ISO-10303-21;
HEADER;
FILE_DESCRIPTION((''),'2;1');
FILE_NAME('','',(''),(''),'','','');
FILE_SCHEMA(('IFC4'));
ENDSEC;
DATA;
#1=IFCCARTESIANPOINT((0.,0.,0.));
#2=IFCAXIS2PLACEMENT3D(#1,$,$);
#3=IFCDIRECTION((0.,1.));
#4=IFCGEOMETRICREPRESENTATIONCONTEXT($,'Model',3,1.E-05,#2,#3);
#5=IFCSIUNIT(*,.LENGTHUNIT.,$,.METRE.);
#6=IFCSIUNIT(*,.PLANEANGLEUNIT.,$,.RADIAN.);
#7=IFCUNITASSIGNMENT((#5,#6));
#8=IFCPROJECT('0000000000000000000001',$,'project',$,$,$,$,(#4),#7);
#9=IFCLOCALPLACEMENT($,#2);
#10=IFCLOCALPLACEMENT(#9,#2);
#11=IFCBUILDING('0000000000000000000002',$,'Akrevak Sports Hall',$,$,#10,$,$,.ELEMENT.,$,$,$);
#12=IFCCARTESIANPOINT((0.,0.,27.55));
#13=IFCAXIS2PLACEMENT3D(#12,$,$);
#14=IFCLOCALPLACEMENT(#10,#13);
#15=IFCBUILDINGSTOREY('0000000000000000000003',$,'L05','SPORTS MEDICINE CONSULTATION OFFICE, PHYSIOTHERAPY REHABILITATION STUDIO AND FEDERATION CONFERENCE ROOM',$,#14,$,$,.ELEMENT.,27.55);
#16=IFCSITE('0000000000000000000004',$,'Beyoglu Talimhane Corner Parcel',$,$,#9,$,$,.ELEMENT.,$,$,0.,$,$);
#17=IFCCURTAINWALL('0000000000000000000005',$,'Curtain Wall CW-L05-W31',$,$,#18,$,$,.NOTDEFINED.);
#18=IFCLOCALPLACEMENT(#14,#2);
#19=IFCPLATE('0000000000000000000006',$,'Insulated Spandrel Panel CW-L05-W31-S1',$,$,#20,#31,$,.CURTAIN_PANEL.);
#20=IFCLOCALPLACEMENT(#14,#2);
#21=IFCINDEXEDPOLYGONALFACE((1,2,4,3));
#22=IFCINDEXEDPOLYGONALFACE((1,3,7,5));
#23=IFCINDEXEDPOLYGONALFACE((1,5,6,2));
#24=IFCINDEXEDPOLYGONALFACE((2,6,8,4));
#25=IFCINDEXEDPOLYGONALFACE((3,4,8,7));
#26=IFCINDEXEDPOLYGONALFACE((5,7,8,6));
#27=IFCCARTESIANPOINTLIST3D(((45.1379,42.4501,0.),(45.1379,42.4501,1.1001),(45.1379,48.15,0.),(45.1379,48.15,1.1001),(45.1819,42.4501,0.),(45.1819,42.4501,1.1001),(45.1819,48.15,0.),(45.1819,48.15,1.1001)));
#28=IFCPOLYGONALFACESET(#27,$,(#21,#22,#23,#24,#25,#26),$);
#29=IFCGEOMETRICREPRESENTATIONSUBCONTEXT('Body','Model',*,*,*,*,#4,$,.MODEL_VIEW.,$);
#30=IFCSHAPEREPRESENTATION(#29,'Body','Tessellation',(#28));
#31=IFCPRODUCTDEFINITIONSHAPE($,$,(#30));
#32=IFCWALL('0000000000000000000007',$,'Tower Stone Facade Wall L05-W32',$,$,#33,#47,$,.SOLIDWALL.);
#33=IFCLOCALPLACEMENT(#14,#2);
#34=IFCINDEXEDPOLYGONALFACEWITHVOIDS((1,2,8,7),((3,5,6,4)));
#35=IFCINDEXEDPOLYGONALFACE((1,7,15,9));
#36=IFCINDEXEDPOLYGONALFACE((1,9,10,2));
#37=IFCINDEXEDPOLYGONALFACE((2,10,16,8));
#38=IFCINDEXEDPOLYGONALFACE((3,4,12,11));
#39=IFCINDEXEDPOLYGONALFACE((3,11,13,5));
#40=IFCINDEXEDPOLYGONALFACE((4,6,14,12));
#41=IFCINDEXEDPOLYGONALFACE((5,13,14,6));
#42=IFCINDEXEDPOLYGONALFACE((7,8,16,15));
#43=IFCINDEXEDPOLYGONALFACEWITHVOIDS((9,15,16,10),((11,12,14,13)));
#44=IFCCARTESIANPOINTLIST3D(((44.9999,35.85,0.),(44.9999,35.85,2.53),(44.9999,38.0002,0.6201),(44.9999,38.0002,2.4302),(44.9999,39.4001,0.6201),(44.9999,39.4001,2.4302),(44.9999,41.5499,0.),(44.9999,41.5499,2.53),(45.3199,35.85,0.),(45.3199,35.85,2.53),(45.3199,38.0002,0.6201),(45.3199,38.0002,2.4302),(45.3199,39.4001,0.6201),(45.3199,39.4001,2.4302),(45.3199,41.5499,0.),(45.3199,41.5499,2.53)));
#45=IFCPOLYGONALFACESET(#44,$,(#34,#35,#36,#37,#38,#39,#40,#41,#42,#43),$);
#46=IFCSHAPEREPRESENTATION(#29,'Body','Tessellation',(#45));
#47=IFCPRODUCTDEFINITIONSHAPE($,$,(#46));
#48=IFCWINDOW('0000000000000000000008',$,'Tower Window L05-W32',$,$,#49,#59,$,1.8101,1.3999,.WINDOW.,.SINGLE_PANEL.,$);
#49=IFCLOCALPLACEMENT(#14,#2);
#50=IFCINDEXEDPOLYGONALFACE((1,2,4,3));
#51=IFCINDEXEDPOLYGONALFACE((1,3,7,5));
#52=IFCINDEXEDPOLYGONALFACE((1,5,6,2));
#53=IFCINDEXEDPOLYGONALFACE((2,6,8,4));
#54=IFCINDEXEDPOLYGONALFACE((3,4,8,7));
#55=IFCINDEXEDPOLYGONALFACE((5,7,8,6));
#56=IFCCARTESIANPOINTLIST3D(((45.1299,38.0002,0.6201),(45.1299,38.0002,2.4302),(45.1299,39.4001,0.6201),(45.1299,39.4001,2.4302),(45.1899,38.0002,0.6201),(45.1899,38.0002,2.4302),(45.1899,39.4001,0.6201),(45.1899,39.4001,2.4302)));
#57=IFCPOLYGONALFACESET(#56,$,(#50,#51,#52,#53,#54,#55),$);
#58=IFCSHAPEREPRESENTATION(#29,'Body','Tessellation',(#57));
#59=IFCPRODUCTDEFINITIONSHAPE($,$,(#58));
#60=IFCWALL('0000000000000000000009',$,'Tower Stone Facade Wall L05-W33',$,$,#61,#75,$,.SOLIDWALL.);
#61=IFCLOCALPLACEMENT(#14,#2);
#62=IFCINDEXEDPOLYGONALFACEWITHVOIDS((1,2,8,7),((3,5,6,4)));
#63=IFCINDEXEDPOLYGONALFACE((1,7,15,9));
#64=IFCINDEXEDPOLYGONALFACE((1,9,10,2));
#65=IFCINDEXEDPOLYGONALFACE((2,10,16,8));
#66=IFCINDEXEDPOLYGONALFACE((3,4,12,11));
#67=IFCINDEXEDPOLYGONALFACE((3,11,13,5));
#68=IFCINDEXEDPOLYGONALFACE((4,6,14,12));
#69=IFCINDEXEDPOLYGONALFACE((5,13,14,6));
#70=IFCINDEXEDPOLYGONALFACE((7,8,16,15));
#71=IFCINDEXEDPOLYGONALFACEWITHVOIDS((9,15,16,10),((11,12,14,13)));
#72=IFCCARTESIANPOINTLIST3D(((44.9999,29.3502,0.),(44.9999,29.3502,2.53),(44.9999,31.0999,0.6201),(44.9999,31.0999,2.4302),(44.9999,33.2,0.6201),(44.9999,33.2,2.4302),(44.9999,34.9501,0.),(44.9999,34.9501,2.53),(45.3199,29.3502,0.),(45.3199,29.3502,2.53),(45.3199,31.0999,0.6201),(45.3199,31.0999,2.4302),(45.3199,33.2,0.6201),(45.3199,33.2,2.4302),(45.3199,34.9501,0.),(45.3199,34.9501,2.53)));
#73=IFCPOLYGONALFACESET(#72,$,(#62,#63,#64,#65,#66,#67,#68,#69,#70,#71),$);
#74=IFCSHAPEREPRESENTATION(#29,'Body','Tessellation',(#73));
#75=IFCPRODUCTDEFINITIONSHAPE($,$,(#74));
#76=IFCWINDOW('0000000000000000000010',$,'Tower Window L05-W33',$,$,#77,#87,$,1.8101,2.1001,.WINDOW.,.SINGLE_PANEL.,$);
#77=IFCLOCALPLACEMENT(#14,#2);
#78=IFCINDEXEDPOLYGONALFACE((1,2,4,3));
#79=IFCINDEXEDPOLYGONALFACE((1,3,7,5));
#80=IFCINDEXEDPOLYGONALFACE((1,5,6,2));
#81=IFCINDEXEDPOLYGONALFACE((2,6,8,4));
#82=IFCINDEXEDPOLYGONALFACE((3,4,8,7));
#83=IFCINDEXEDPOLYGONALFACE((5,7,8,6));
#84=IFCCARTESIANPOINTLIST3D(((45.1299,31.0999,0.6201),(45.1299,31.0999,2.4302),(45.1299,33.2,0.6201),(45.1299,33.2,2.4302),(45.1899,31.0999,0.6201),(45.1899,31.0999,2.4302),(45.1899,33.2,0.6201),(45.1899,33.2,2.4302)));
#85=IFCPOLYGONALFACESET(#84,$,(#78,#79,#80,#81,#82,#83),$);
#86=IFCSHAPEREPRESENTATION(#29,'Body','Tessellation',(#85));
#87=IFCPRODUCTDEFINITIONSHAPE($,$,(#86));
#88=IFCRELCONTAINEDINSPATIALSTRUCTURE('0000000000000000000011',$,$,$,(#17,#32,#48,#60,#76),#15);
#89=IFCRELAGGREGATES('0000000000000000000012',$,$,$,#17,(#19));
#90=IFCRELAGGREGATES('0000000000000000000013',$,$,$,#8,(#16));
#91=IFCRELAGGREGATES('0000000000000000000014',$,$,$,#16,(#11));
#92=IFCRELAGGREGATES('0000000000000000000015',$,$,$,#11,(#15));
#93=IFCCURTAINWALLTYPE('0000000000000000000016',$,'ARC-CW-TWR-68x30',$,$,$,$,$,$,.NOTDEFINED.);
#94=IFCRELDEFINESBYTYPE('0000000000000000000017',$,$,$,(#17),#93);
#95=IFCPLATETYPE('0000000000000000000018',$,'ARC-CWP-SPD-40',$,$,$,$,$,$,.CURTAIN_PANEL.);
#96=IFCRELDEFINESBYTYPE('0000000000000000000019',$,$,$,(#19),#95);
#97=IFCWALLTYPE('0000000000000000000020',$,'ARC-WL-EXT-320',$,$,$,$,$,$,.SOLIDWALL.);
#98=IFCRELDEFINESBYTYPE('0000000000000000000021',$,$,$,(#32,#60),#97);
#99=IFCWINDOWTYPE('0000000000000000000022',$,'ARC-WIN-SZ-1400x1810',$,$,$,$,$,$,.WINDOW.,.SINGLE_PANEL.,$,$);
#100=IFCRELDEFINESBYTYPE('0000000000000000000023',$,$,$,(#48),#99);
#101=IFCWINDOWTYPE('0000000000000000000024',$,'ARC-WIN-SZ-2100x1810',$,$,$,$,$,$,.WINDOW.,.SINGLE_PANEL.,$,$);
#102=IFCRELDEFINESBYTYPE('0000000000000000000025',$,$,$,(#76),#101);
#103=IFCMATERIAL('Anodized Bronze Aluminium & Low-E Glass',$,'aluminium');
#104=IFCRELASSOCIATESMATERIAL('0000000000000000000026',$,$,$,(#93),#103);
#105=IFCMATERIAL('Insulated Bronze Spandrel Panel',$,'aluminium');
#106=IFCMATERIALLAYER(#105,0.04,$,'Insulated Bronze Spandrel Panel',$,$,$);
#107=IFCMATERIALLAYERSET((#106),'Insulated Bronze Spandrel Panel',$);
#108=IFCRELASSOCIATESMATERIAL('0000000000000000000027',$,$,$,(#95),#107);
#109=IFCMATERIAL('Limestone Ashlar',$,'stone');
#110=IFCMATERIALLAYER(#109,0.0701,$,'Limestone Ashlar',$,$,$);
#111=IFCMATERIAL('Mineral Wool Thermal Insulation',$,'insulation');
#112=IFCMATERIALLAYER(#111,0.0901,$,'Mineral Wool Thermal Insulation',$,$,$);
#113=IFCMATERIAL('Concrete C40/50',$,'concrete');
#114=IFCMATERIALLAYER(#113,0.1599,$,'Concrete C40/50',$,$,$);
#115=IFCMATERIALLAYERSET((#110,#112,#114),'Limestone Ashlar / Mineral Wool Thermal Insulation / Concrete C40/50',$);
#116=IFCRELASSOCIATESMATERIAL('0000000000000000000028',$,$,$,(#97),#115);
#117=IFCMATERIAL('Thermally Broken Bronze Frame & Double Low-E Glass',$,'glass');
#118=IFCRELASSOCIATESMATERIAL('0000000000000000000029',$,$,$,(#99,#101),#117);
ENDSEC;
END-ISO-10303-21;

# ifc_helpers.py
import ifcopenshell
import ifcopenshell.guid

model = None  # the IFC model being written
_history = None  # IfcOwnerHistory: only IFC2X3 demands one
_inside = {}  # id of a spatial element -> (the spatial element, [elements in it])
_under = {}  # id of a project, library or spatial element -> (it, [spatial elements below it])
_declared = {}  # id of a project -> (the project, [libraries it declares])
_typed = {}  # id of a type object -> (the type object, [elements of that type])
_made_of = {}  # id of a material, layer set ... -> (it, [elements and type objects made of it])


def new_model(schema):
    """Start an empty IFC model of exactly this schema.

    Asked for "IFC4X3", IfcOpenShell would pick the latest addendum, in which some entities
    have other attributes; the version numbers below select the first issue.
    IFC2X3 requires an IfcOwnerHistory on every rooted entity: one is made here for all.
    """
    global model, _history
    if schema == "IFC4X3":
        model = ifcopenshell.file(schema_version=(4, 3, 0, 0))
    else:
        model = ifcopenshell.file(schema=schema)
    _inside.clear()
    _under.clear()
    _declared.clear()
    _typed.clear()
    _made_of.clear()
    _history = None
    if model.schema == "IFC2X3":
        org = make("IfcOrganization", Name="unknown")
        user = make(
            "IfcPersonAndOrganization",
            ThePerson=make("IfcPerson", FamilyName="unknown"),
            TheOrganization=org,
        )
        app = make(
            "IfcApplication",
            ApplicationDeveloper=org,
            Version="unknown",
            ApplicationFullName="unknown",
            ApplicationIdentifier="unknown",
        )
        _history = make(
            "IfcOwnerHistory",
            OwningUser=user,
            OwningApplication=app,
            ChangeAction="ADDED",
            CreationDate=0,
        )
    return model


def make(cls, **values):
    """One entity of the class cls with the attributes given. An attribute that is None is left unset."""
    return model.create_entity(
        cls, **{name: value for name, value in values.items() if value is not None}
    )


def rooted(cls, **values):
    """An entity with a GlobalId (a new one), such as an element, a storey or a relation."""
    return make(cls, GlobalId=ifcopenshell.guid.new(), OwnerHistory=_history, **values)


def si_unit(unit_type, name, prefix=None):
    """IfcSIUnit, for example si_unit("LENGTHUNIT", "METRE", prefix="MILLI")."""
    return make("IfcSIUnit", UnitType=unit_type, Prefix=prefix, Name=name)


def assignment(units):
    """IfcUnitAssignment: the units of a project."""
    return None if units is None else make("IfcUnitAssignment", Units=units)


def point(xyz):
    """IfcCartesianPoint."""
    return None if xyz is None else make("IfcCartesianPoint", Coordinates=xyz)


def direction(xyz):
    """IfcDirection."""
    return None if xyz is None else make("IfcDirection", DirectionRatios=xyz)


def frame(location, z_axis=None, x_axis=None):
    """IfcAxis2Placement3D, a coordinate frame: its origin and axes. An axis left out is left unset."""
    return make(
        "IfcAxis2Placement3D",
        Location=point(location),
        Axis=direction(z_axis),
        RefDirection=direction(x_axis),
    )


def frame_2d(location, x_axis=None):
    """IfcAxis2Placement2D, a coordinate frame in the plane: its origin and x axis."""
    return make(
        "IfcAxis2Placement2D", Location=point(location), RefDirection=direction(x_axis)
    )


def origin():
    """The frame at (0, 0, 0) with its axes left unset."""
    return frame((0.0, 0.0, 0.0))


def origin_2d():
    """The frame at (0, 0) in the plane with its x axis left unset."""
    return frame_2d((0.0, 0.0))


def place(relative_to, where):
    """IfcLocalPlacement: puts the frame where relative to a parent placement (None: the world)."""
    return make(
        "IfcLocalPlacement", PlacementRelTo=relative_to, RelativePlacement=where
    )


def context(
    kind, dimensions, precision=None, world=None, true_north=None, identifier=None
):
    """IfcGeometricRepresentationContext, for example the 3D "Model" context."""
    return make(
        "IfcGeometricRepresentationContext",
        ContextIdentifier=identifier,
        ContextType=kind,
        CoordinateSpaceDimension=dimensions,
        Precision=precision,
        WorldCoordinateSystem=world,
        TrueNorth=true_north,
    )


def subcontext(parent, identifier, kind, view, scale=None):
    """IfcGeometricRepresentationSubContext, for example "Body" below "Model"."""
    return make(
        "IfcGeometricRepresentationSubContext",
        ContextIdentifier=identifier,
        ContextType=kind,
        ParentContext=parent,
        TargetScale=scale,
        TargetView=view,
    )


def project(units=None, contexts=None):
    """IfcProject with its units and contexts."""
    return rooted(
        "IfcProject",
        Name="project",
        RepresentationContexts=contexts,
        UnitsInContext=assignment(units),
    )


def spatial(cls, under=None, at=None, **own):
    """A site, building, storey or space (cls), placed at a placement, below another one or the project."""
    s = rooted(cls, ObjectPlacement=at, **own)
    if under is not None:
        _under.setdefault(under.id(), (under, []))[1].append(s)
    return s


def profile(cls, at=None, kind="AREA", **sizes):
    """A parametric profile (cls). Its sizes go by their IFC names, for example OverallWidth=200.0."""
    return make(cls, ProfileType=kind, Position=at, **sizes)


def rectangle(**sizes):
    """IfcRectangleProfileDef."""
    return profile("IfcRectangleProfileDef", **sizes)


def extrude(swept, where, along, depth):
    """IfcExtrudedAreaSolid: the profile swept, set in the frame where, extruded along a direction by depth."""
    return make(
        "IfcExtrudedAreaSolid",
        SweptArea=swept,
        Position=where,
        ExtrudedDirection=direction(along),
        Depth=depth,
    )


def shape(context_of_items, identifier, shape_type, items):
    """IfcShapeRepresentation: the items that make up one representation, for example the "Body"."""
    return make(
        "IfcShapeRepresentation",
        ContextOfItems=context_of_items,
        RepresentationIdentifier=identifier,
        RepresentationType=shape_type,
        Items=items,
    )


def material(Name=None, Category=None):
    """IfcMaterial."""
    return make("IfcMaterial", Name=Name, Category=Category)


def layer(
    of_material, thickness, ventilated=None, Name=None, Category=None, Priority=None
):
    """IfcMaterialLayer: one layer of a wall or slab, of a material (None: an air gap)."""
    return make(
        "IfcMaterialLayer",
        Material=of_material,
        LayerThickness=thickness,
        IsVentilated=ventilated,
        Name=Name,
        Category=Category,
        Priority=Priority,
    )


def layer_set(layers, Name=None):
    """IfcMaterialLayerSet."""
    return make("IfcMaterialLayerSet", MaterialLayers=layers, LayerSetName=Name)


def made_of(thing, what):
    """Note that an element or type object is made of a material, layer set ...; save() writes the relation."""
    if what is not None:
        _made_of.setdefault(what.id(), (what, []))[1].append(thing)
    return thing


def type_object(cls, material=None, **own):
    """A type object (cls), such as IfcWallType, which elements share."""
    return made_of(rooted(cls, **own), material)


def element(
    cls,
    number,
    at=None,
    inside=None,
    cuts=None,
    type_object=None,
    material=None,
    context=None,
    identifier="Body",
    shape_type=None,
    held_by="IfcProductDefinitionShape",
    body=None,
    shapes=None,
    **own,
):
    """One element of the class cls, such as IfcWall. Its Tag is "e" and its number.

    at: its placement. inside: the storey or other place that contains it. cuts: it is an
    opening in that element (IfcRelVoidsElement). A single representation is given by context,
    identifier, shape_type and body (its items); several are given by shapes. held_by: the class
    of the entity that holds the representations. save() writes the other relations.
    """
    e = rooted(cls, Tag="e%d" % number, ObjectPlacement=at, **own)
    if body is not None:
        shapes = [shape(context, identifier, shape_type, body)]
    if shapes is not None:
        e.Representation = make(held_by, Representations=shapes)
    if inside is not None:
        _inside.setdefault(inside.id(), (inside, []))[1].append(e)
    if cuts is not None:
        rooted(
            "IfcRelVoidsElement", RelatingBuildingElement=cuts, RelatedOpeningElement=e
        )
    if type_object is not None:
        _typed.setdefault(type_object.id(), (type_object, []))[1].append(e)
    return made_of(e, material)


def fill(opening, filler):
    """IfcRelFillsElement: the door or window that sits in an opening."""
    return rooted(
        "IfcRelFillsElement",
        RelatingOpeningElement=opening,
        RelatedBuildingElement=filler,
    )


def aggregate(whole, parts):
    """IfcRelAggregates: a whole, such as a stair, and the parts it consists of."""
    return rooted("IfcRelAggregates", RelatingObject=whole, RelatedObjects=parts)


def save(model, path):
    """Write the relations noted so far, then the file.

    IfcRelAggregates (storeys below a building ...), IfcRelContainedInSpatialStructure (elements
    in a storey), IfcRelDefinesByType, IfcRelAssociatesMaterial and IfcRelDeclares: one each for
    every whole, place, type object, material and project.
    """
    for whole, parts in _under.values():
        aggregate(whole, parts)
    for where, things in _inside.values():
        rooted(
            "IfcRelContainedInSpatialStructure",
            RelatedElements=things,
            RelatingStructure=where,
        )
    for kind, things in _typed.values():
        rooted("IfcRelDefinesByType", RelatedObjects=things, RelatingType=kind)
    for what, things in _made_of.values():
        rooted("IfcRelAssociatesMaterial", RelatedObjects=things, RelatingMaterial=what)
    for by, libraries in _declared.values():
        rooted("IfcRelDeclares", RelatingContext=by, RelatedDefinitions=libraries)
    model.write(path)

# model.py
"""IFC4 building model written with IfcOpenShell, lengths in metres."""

from ifc_helpers import new_model, si_unit, direction, frame, frame_2d, origin, origin_2d, place, context, subcontext, project, spatial, rectangle, extrude, material, layer, layer_set, type_object, element, fill, aggregate, save


model = new_model("IFC4")

# Units and contexts
model_context = context("Model", 3, precision=1e-05, world=origin(), true_north=direction((0.0, 1.0)))
body_context = subcontext(model_context, "Body", "Model", "MODEL_VIEW")
ifc_project = project(units=[si_unit("LENGTHUNIT", "METRE"), si_unit("PLANEANGLEUNIT", "RADIAN")], contexts=[model_context])

# Site, building, storey
site_placement = place(None, origin())
site = spatial("IfcSite", under=ifc_project, at=site_placement, Name="Beyoglu Talimhane Corner Parcel", CompositionType="ELEMENT", RefElevation=0.0)
building_placement = place(site_placement, origin())
building = spatial("IfcBuilding", under=site, at=building_placement, Name="Akrevak Sports Hall", CompositionType="ELEMENT")
storey_placement = place(building_placement, frame((0.0, 0.0, 27.55)))
storey = spatial("IfcBuildingStorey", under=building, at=storey_placement, Name="L05", Description="SPORTS MEDICINE CONSULTATION OFFICE, PHYSIOTHERAPY REHABILITATION STUDIO AND FEDERATION CONFERENCE ROOM", CompositionType="ELEMENT", Elevation=27.55)

# Shared definitions
ifc_material_1 = material(Name="Concrete C40/50", Category="concrete")

# Curtain wall
ifc_material_2 = material(Name="Anodized Bronze Aluminium & Low-E Glass", Category="aluminium")
curtain_wall_type = type_object("IfcCurtainWallType", Name="ARC-CW-TWR-68x30", PredefinedType="NOTDEFINED", material=ifc_material_2)
curtain_wall_placement = place(storey_placement, origin())
curtain_wall = element("IfcCurtainWall", 1, at=curtain_wall_placement, inside=storey, type_object=curtain_wall_type, Name="Curtain Wall CW-L05-W31", PredefinedType="NOTDEFINED")

# Plate
ifc_material_3 = material(Name="Insulated Bronze Spandrel Panel", Category="aluminium")
ifc_layer_1 = layer(ifc_material_3, 0.04, Name="Insulated Bronze Spandrel Panel")
ifc_layer_set_1 = layer_set([ifc_layer_1], Name="Insulated Bronze Spandrel Panel")
plate_type_1 = type_object("IfcPlateType", Name="ARC-CWP-SPD-40", PredefinedType="CURTAIN_PANEL", material=ifc_layer_set_1)
plate_1_placement = place(storey_placement, frame((45.1599, 45.3, 0.0), z_axis=(0.0, 0.0, 1.0), x_axis=(0.0, -1.0, 0.0)))
plate_1 = element("IfcPlate", 2, at=plate_1_placement, type_object=plate_type_1, Name="Insulated Spandrel Panel CW-L05-W31-S1", PredefinedType="CURTAIN_PANEL", context=body_context, shape_type="SweptSolid", body=[
    extrude(rectangle(XDim=5.7, YDim=0.0439, at=origin_2d()), origin(), (0.0, 0.0, 1.0), 1.1001),
])
aggregate(curtain_wall, [plate_1])

# Walls, openings, windows
ifc_material_4 = material(Name="Limestone Ashlar", Category="stone")
ifc_layer_2 = layer(ifc_material_4, 0.0701, Name="Limestone Ashlar")
ifc_material_5 = material(Name="Mineral Wool Thermal Insulation", Category="insulation")
ifc_layer_3 = layer(ifc_material_5, 0.0901, Name="Mineral Wool Thermal Insulation")
ifc_layer_4 = layer(ifc_material_1, 0.1599, Name="Concrete C40/50")
ifc_layer_set_2 = layer_set([ifc_layer_2, ifc_layer_3, ifc_layer_4], Name="Limestone Ashlar / Mineral Wool Thermal Insulation / Concrete C40/50")
wall_type = type_object("IfcWallType", Name="ARC-WL-EXT-320", PredefinedType="SOLIDWALL", material=ifc_layer_set_2)
wall_1_placement = place(storey_placement, frame((45.1599, 41.55, 0.0), z_axis=(0.0, 0.0, 1.0), x_axis=(0.0, -1.0, 0.0)))
wall_1 = element("IfcWall", 3, at=wall_1_placement, inside=storey, type_object=wall_type, Name="Tower Stone Facade Wall L05-W32", PredefinedType="SOLIDWALL", context=body_context, shape_type="SweptSolid", body=[
    extrude(rectangle(XDim=5.7, YDim=0.3201, at=frame_2d((2.8501, 0.0))), origin(), (0.0, 0.0, 1.0), 2.53),
])
opening_1_placement = place(wall_1_placement, frame((2.1499, 0.0, 0.6201)))
opening_1 = element("IfcOpeningElement", 4, at=opening_1_placement, cuts=wall_1, PredefinedType="OPENING", context=body_context, shape_type="SweptSolid", body=[
    extrude(rectangle(XDim=1.3999, YDim=1.8101, at=frame_2d((0.7, 0.905))), frame((0.0, 0.1719, 0.0), z_axis=(0.0, -1.0, 0.0), x_axis=(1.0, 0.0, 0.0)), (0.0, 0.0, 1.0), 0.344),
])
ifc_material_6 = material(Name="Thermally Broken Bronze Frame & Double Low-E Glass", Category="glass")
window_type_1 = type_object("IfcWindowType", Name="ARC-WIN-SZ-1400x1810", PartitioningType="SINGLE_PANEL", PredefinedType="WINDOW", material=ifc_material_6)
window_1_placement = place(opening_1_placement, origin())
window_1 = element("IfcWindow", 5, at=window_1_placement, inside=storey, type_object=window_type_1, Name="Tower Window L05-W32", OverallHeight=1.8101, OverallWidth=1.3999, PartitioningType="SINGLE_PANEL", PredefinedType="WINDOW", context=body_context, shape_type="SweptSolid", body=[
    extrude(rectangle(XDim=1.3999, YDim=1.8101, at=frame_2d((0.7, 0.905))), frame((0.0, 0.03, 0.0), z_axis=(0.0, -1.0, 0.0), x_axis=(1.0, 0.0, 0.0)), (0.0, 0.0, 1.0), 0.0601),
])
fill(opening_1, window_1)
wall_2_placement = place(storey_placement, frame((45.1599, 34.95, 0.0), z_axis=(0.0, 0.0, 1.0), x_axis=(0.0, -1.0, 0.0)))
wall_2 = element("IfcWall", 6, at=wall_2_placement, inside=storey, type_object=wall_type, Name="Tower Stone Facade Wall L05-W33", PredefinedType="SOLIDWALL", context=body_context, shape_type="SweptSolid", body=[
    extrude(rectangle(XDim=5.5999, YDim=0.3201, at=frame_2d((2.7998, 0.0))), origin(), (0.0, 0.0, 1.0), 2.53),
])
opening_2_placement = place(wall_2_placement, frame((1.75, 0.0, 0.6201)))
opening_2 = element("IfcOpeningElement", 7, at=opening_2_placement, cuts=wall_2, PredefinedType="OPENING", context=body_context, shape_type="SweptSolid", body=[
    extrude(rectangle(XDim=2.1001, YDim=1.8101, at=frame_2d((1.05, 0.905))), frame((0.0, 0.1719, 0.0), z_axis=(0.0, -1.0, 0.0), x_axis=(1.0, 0.0, 0.0)), (0.0, 0.0, 1.0), 0.344),
])
window_type_2 = type_object("IfcWindowType", Name="ARC-WIN-SZ-2100x1810", PartitioningType="SINGLE_PANEL", PredefinedType="WINDOW", material=ifc_material_6)
window_2_placement = place(opening_2_placement, origin())
window_2 = element("IfcWindow", 8, at=window_2_placement, inside=storey, type_object=window_type_2, Name="Tower Window L05-W33", OverallHeight=1.8101, OverallWidth=2.1001, PartitioningType="SINGLE_PANEL", PredefinedType="WINDOW", context=body_context, shape_type="SweptSolid", body=[
    extrude(rectangle(XDim=2.1001, YDim=1.8101, at=frame_2d((1.05, 0.905))), frame((0.0, 0.03, 0.0), z_axis=(0.0, -1.0, 0.0), x_axis=(1.0, 0.0, 0.0)), (0.0, 0.0, 1.0), 0.0601),
])
fill(opening_2, window_2)

save(model, "model.ifc")
